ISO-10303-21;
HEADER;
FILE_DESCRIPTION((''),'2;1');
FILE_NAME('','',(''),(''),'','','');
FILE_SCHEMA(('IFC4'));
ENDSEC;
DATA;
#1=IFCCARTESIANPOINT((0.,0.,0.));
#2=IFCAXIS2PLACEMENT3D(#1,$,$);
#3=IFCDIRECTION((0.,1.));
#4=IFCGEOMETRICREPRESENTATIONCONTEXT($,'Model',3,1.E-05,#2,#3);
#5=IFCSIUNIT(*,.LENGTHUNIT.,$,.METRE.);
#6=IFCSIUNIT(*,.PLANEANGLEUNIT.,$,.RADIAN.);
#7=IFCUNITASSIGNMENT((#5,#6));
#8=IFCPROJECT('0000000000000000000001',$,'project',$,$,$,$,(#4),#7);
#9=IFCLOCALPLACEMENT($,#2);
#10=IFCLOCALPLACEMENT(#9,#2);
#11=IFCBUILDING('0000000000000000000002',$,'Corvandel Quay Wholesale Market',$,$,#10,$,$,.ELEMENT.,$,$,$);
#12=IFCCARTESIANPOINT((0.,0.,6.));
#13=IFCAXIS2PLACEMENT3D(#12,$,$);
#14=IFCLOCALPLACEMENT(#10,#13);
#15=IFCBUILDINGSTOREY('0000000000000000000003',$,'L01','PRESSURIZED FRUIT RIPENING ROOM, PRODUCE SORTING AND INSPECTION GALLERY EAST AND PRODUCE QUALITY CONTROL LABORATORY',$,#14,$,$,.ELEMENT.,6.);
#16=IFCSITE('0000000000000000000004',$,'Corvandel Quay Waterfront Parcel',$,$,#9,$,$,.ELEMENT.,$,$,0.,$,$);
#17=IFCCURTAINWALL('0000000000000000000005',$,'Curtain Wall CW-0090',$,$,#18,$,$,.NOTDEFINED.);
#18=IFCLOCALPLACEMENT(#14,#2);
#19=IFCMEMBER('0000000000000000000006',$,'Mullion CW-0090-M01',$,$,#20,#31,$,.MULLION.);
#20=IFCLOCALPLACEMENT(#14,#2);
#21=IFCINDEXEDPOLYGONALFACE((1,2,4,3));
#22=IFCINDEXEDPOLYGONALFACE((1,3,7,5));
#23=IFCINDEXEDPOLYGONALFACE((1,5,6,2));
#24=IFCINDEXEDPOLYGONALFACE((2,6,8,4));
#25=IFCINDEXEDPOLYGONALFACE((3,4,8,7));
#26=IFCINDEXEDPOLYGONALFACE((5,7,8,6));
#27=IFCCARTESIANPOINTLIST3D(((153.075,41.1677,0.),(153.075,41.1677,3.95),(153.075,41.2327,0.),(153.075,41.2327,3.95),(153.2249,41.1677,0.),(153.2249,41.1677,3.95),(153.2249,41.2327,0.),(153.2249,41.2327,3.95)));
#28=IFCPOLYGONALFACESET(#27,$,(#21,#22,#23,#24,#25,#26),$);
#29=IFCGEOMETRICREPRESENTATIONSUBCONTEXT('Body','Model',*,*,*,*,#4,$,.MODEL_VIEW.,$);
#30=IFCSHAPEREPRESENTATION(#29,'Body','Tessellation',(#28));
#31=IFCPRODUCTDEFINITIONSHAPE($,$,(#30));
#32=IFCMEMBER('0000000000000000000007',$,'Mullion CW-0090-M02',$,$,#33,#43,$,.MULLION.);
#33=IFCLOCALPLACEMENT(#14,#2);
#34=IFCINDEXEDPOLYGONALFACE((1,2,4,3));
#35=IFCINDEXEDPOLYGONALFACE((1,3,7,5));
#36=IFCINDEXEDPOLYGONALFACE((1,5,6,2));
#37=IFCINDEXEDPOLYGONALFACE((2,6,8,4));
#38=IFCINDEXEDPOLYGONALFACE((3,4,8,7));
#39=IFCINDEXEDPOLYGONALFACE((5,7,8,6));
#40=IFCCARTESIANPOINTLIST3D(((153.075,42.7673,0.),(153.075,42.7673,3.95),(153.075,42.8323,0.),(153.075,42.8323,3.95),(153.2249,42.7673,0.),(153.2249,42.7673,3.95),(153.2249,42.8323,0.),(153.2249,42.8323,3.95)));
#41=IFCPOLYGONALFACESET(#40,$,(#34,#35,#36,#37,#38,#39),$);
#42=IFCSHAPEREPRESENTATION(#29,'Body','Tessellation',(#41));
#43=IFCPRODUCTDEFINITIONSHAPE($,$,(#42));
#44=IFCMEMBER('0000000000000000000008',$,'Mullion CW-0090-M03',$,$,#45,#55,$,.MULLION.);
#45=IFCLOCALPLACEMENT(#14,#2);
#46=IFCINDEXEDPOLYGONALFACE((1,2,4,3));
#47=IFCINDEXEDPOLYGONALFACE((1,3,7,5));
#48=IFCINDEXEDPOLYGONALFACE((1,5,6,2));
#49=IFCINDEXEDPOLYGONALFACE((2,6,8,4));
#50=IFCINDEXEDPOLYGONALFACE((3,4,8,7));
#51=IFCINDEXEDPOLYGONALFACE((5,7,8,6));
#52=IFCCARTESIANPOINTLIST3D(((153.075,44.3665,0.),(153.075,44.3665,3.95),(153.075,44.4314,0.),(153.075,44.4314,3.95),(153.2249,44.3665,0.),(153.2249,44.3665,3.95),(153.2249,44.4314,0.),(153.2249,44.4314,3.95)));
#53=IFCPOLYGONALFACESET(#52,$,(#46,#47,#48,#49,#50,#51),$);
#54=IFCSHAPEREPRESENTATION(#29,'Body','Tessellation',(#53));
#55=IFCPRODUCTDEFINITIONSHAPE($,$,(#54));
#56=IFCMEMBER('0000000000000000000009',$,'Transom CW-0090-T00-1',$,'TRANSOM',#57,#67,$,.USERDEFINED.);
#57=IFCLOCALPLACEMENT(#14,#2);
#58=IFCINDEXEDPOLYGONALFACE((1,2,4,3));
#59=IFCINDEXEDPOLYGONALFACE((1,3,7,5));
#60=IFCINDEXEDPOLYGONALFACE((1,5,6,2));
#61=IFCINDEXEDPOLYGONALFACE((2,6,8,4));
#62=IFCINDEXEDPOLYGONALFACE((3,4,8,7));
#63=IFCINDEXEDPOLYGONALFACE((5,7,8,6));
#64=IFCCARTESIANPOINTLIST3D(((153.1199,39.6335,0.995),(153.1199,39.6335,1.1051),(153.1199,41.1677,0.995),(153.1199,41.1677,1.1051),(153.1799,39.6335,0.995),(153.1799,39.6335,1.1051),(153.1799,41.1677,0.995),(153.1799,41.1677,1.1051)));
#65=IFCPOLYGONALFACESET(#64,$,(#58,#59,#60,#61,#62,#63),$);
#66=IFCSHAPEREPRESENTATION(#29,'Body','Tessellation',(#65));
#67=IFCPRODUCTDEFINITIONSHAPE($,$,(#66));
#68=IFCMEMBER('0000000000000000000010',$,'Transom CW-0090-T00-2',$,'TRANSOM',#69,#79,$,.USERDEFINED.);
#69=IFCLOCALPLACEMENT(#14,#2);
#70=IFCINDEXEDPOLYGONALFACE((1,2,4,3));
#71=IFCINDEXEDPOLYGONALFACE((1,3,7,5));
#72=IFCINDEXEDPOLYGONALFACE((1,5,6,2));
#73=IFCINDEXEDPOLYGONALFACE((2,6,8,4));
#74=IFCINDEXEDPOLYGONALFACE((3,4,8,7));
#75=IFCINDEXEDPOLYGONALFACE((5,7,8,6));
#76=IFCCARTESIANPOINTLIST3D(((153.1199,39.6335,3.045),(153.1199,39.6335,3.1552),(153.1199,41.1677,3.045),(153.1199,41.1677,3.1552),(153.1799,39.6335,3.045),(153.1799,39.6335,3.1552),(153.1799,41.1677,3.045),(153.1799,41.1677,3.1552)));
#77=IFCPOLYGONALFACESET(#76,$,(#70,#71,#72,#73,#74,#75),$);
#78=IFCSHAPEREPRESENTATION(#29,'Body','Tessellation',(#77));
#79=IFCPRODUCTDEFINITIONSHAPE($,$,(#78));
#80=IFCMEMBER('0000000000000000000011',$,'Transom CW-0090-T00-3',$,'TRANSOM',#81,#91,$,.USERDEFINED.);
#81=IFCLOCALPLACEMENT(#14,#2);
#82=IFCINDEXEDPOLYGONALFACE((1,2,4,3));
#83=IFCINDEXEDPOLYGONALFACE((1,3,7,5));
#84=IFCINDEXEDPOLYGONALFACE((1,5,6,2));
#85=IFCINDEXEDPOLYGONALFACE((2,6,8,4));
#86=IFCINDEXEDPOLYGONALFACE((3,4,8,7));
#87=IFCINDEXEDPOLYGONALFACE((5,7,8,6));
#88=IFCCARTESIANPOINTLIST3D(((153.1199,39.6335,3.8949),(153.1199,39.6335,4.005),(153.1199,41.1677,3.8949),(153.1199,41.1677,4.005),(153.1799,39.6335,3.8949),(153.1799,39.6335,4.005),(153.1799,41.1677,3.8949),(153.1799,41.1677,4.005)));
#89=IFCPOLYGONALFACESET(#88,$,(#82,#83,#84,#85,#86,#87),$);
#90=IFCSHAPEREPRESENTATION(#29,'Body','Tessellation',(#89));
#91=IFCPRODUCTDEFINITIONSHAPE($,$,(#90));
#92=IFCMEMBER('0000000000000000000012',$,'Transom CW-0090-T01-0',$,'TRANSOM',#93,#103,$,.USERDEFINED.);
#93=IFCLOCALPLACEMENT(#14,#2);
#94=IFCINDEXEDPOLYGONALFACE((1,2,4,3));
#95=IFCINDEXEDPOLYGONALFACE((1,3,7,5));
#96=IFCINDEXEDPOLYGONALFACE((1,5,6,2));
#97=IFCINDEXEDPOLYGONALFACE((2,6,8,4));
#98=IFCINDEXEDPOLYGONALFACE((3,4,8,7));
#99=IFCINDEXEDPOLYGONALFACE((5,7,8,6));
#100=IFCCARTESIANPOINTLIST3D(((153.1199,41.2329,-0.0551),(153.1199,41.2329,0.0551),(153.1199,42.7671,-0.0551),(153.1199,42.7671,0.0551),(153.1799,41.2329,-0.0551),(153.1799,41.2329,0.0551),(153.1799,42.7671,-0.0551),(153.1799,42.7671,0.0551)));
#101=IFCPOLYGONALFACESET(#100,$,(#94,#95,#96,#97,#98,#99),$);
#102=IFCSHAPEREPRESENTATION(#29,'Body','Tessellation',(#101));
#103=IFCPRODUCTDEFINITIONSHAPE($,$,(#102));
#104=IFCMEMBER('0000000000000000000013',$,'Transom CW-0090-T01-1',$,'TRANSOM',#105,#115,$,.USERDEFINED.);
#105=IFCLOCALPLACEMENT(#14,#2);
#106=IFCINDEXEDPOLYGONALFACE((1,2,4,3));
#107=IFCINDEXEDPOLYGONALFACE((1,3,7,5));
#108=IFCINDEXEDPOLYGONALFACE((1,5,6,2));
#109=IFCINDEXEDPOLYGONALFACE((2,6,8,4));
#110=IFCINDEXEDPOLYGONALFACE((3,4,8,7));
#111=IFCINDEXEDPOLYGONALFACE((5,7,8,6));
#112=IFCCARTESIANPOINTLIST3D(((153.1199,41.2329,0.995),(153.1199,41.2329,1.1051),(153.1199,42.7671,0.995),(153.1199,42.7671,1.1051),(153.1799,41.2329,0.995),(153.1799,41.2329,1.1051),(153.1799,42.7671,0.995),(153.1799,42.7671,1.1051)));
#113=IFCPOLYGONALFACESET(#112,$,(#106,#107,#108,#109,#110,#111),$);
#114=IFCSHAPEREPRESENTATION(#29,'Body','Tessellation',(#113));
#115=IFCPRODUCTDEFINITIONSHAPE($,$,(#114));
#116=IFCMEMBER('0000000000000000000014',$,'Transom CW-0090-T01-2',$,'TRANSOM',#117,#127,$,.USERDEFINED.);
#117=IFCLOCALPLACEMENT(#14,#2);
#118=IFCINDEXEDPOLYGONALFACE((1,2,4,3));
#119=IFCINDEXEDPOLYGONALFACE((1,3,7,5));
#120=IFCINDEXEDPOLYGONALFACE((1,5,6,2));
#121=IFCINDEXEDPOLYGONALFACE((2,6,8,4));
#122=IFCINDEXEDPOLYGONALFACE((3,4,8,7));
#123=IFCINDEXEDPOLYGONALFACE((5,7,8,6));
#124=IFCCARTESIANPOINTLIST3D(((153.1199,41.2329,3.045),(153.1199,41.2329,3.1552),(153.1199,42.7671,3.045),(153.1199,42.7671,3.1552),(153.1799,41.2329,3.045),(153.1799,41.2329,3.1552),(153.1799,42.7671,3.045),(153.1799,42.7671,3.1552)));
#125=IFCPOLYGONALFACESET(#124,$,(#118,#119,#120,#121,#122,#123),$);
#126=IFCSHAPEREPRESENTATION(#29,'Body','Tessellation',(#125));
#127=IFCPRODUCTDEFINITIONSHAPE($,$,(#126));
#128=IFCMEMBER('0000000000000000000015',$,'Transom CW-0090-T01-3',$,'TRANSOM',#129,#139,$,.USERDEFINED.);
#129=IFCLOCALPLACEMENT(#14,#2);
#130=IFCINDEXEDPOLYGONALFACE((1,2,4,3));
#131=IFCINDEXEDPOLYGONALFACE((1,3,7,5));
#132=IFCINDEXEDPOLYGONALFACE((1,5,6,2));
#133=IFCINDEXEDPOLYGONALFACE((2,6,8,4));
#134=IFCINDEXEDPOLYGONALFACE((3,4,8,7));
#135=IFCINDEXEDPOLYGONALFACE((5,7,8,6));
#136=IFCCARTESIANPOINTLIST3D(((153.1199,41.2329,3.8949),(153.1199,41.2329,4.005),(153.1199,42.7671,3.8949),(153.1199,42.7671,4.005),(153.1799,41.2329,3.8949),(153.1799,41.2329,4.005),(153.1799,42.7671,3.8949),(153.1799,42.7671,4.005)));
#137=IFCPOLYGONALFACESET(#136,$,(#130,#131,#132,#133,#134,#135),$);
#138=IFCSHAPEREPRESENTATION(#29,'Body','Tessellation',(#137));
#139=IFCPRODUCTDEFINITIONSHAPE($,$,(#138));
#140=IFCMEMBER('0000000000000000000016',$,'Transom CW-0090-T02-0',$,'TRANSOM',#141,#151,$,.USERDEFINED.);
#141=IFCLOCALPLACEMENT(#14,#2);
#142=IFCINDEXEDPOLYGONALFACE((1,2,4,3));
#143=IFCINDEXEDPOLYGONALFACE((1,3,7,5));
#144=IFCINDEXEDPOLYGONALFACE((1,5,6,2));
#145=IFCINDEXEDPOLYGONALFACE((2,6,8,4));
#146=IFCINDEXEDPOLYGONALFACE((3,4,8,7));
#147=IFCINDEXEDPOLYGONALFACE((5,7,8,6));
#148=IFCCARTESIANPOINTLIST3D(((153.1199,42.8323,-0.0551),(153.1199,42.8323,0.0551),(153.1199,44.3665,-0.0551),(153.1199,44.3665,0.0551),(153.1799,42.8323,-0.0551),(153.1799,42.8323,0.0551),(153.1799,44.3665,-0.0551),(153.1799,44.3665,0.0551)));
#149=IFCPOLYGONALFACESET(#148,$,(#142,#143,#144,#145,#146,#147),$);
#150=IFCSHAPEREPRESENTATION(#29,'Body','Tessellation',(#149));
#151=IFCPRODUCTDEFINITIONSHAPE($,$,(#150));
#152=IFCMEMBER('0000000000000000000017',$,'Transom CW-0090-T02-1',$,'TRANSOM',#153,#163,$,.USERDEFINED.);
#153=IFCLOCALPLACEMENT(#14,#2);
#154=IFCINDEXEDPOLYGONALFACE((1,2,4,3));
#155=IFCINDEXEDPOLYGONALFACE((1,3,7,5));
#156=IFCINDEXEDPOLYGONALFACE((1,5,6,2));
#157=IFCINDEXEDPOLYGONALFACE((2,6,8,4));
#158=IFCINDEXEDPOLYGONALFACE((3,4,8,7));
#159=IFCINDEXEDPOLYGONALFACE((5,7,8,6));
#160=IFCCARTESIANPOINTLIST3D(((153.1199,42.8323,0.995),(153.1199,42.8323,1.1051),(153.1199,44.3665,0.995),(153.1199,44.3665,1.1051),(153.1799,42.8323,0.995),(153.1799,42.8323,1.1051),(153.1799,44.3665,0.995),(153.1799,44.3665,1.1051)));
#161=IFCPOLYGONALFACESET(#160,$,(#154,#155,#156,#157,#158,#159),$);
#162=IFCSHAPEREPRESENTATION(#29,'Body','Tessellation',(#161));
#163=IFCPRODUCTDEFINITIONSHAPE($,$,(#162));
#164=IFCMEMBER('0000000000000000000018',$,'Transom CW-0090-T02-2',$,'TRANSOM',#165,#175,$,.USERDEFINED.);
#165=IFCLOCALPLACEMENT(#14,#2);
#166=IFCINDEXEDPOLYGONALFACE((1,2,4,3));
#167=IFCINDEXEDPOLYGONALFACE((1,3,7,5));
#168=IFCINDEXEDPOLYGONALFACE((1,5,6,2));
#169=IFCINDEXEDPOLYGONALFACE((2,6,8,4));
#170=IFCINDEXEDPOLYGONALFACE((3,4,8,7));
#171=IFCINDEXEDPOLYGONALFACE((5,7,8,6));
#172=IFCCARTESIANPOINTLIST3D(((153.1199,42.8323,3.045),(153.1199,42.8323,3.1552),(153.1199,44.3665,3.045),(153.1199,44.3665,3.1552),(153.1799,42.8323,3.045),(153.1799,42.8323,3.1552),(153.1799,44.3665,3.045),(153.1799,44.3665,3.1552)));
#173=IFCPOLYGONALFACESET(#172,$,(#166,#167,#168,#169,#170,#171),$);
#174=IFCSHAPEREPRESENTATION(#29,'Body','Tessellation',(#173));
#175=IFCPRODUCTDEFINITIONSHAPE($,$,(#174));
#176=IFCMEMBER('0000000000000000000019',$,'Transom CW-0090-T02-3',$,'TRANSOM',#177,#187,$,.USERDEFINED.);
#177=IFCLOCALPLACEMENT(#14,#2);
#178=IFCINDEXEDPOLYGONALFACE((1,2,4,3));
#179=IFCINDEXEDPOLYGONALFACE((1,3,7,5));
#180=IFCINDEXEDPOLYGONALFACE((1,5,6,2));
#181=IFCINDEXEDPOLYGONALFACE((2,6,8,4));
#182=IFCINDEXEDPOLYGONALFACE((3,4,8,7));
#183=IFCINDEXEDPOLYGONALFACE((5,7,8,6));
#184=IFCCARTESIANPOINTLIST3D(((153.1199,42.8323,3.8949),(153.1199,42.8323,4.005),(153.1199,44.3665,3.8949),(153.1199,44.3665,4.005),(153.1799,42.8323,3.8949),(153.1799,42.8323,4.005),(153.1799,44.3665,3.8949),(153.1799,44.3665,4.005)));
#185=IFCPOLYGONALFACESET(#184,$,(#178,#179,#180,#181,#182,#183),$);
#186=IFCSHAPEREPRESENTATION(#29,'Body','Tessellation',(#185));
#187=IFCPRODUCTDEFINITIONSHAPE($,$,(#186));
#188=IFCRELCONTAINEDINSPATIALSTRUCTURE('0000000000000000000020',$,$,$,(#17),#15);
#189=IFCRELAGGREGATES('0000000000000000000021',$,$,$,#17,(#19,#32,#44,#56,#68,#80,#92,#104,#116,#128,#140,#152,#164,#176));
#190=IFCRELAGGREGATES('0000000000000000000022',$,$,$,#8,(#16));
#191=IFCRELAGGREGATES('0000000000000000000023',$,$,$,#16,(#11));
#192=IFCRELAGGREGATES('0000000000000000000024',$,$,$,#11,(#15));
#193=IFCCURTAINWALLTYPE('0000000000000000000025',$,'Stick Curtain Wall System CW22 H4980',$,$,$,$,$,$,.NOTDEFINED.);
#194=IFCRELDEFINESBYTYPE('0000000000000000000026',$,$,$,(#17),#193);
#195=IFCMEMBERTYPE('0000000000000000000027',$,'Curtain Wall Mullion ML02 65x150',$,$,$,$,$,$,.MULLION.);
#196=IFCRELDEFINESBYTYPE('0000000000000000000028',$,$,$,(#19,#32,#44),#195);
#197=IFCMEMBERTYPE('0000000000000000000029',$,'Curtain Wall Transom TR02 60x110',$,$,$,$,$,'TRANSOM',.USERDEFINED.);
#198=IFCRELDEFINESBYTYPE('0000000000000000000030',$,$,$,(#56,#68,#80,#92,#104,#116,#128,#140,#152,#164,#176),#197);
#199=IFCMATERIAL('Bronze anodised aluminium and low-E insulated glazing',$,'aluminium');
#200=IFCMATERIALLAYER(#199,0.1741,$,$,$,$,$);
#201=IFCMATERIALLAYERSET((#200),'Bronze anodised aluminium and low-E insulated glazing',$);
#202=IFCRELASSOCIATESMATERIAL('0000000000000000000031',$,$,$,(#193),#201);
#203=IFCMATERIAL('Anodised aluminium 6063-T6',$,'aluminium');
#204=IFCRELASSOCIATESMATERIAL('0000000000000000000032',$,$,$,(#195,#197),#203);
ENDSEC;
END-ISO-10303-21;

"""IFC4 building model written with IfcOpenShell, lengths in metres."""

from ifc_helpers import new_model, si_unit, direction, frame, origin, origin_2d, place, context, subcontext, project, spatial, rectangle, extrude, material, layer, layer_set, material_profile, profile_set, type_object, element, aggregate, save


model = new_model("IFC4")

# Units and contexts
model_context = context("Model", 3, precision=1e-05, world=origin(), true_north=direction((0.0, 1.0)))
body_context = subcontext(model_context, "Body", "Model", "MODEL_VIEW")
ifc_project = project(units=[si_unit("LENGTHUNIT", "METRE"), si_unit("PLANEANGLEUNIT", "RADIAN")], contexts=[model_context])

# Site, building, storey
site_placement = place(None, origin())
site = spatial("IfcSite", under=ifc_project, at=site_placement, Name="Corvandel Quay Waterfront Parcel", CompositionType="ELEMENT", RefElevation=0.0)
building_placement = place(site_placement, origin())
building = spatial("IfcBuilding", under=site, at=building_placement, Name="Corvandel Quay Wholesale Market", CompositionType="ELEMENT")
storey_placement = place(building_placement, frame((0.0, 0.0, 6.0)))
storey = spatial("IfcBuildingStorey", under=building, at=storey_placement, Name="L01", Description="PRESSURIZED FRUIT RIPENING ROOM, PRODUCE SORTING AND INSPECTION GALLERY EAST AND PRODUCE QUALITY CONTROL LABORATORY", CompositionType="ELEMENT", Elevation=6.0)

# Curtain wall, members
ifc_material_1 = material(Name="Bronze anodised aluminium and low-E insulated glazing", Category="aluminium")
ifc_layer_1 = layer(ifc_material_1, 0.1741)
ifc_layer_set_1 = layer_set([ifc_layer_1], Name="Bronze anodised aluminium and low-E insulated glazing")
curtain_wall_type = type_object("IfcCurtainWallType", Name="Stick Curtain Wall System CW22 H4980", PredefinedType="NOTDEFINED", material=ifc_layer_set_1)
curtain_wall_placement = place(storey_placement, origin())
curtain_wall = element("IfcCurtainWall", 1, at=curtain_wall_placement, inside=storey, type_object=curtain_wall_type, Name="Curtain Wall CW-0090", PredefinedType="NOTDEFINED")
ifc_material_2 = material(Name="Anodised aluminium 6063-T6", Category="aluminium")
ifc_material_profile_1 = material_profile(ifc_material_2, rectangle(XDim=0.0649, YDim=0.1499, at=origin_2d()), Name="ALU-MUL-65x150")
ifc_profile_set_1 = profile_set([ifc_material_profile_1], Name="Anodised aluminium 6063-T6")
member_type_1 = type_object("IfcMemberType", Name="Curtain Wall Mullion ML02 65x150", PredefinedType="MULLION", material=ifc_profile_set_1)
member_1_placement = place(storey_placement, frame((153.1499, 41.2002, 0.0), z_axis=(0.0, 0.0, 1.0), x_axis=(0.0, 1.0, 0.0)))
member_1 = element("IfcMember", 2, at=member_1_placement, type_object=member_type_1, Name="Mullion CW-0090-M01", PredefinedType="MULLION", context=body_context, shape_type="SweptSolid", body=[
    extrude(rectangle(XDim=0.0649, YDim=0.1499, at=origin_2d()), origin(), (0.0, 0.0, 1.0), 3.95),
])
member_2_placement = place(storey_placement, frame((153.1499, 42.7998, 0.0), z_axis=(0.0, 0.0, 1.0), x_axis=(0.0, 1.0, 0.0)))
member_2 = element("IfcMember", 3, at=member_2_placement, type_object=member_type_1, Name="Mullion CW-0090-M02", PredefinedType="MULLION", context=body_context, shape_type="SweptSolid", body=[
    extrude(rectangle(XDim=0.0649, YDim=0.1499, at=origin_2d()), origin(), (0.0, 0.0, 1.0), 3.95),
])
member_3_placement = place(storey_placement, frame((153.1499, 44.3989, 0.0), z_axis=(0.0, 0.0, 1.0), x_axis=(0.0, 1.0, 0.0)))
member_3 = element("IfcMember", 4, at=member_3_placement, type_object=member_type_1, Name="Mullion CW-0090-M03", PredefinedType="MULLION", context=body_context, shape_type="SweptSolid", body=[
    extrude(rectangle(XDim=0.0649, YDim=0.1499, at=origin_2d()), origin(), (0.0, 0.0, 1.0), 3.95),
])
ifc_material_profile_2 = material_profile(ifc_material_2, rectangle(XDim=0.0601, YDim=0.1101, at=origin_2d()), Name="ALU-TRN-60x110")
ifc_profile_set_2 = profile_set([ifc_material_profile_2], Name="Anodised aluminium 6063-T6")
member_type_2 = type_object("IfcMemberType", Name="Curtain Wall Transom TR02 60x110", ElementType="TRANSOM", PredefinedType="USERDEFINED", material=ifc_profile_set_2)
member_4_placement = place(storey_placement, frame((153.1499, 39.6335, 1.05), z_axis=(0.0, 1.0, 0.0), x_axis=(-1.0, 0.0, 0.0)))
member_4 = element("IfcMember", 5, at=member_4_placement, type_object=member_type_2, Name="Transom CW-0090-T00-1", ObjectType="TRANSOM", PredefinedType="USERDEFINED", context=body_context, shape_type="SweptSolid", body=[
    extrude(rectangle(XDim=0.0601, YDim=0.1101, at=origin_2d()), origin(), (0.0, 0.0, 1.0), 1.5342),
])
member_5_placement = place(storey_placement, frame((153.1499, 39.6335, 3.1001), z_axis=(0.0, 1.0, 0.0), x_axis=(-1.0, 0.0, 0.0)))
member_5 = element("IfcMember", 6, at=member_5_placement, type_object=member_type_2, Name="Transom CW-0090-T00-2", ObjectType="TRANSOM", PredefinedType="USERDEFINED", context=body_context, shape_type="SweptSolid", body=[
    extrude(rectangle(XDim=0.0601, YDim=0.1101, at=origin_2d()), origin(), (0.0, 0.0, 1.0), 1.5342),
])
member_6_placement = place(storey_placement, frame((153.1499, 39.6335, 3.95), z_axis=(0.0, 1.0, 0.0), x_axis=(-1.0, 0.0, 0.0)))
member_6 = element("IfcMember", 7, at=member_6_placement, type_object=member_type_2, Name="Transom CW-0090-T00-3", ObjectType="TRANSOM", PredefinedType="USERDEFINED", context=body_context, shape_type="SweptSolid", body=[
    extrude(rectangle(XDim=0.0601, YDim=0.1101, at=origin_2d()), origin(), (0.0, 0.0, 1.0), 1.5342),
])
member_7_placement = place(storey_placement, frame((153.1499, 41.2329, 0.0), z_axis=(0.0, 1.0, 0.0), x_axis=(-1.0, 0.0, 0.0)))
member_7 = element("IfcMember", 8, at=member_7_placement, type_object=member_type_2, Name="Transom CW-0090-T01-0", ObjectType="TRANSOM", PredefinedType="USERDEFINED", context=body_context, shape_type="SweptSolid", body=[
    extrude(rectangle(XDim=0.0601, YDim=0.1101, at=origin_2d()), origin(), (0.0, 0.0, 1.0), 1.5342),
])
member_8_placement = place(storey_placement, frame((153.1499, 41.2329, 1.05), z_axis=(0.0, 1.0, 0.0), x_axis=(-1.0, 0.0, 0.0)))
member_8 = element("IfcMember", 9, at=member_8_placement, type_object=member_type_2, Name="Transom CW-0090-T01-1", ObjectType="TRANSOM", PredefinedType="USERDEFINED", context=body_context, shape_type="SweptSolid", body=[
    extrude(rectangle(XDim=0.0601, YDim=0.1101, at=origin_2d()), origin(), (0.0, 0.0, 1.0), 1.5342),
])
member_9_placement = place(storey_placement, frame((153.1499, 41.2329, 3.1001), z_axis=(0.0, 1.0, 0.0), x_axis=(-1.0, 0.0, 0.0)))
member_9 = element("IfcMember", 10, at=member_9_placement, type_object=member_type_2, Name="Transom CW-0090-T01-2", ObjectType="TRANSOM", PredefinedType="USERDEFINED", context=body_context, shape_type="SweptSolid", body=[
    extrude(rectangle(XDim=0.0601, YDim=0.1101, at=origin_2d()), origin(), (0.0, 0.0, 1.0), 1.5342),
])
member_10_placement = place(storey_placement, frame((153.1499, 41.2329, 3.95), z_axis=(0.0, 1.0, 0.0), x_axis=(-1.0, 0.0, 0.0)))
member_10 = element("IfcMember", 11, at=member_10_placement, type_object=member_type_2, Name="Transom CW-0090-T01-3", ObjectType="TRANSOM", PredefinedType="USERDEFINED", context=body_context, shape_type="SweptSolid", body=[
    extrude(rectangle(XDim=0.0601, YDim=0.1101, at=origin_2d()), origin(), (0.0, 0.0, 1.0), 1.5342),
])
member_11_placement = place(storey_placement, frame((153.1499, 42.8323, 0.0), z_axis=(0.0, 1.0, 0.0), x_axis=(-1.0, 0.0, 0.0)))
member_11 = element("IfcMember", 12, at=member_11_placement, type_object=member_type_2, Name="Transom CW-0090-T02-0", ObjectType="TRANSOM", PredefinedType="USERDEFINED", context=body_context, shape_type="SweptSolid", body=[
    extrude(rectangle(XDim=0.0601, YDim=0.1101, at=origin_2d()), origin(), (0.0, 0.0, 1.0), 1.5342),
])
member_12_placement = place(storey_placement, frame((153.1499, 42.8323, 1.05), z_axis=(0.0, 1.0, 0.0), x_axis=(-1.0, 0.0, 0.0)))
member_12 = element("IfcMember", 13, at=member_12_placement, type_object=member_type_2, Name="Transom CW-0090-T02-1", ObjectType="TRANSOM", PredefinedType="USERDEFINED", context=body_context, shape_type="SweptSolid", body=[
    extrude(rectangle(XDim=0.0601, YDim=0.1101, at=origin_2d()), origin(), (0.0, 0.0, 1.0), 1.5342),
])
member_13_placement = place(storey_placement, frame((153.1499, 42.8323, 3.1001), z_axis=(0.0, 1.0, 0.0), x_axis=(-1.0, 0.0, 0.0)))
member_13 = element("IfcMember", 14, at=member_13_placement, type_object=member_type_2, Name="Transom CW-0090-T02-2", ObjectType="TRANSOM", PredefinedType="USERDEFINED", context=body_context, shape_type="SweptSolid", body=[
    extrude(rectangle(XDim=0.0601, YDim=0.1101, at=origin_2d()), origin(), (0.0, 0.0, 1.0), 1.5342),
])
member_14_placement = place(storey_placement, frame((153.1499, 42.8323, 3.95), z_axis=(0.0, 1.0, 0.0), x_axis=(-1.0, 0.0, 0.0)))
member_14 = element("IfcMember", 15, at=member_14_placement, type_object=member_type_2, Name="Transom CW-0090-T02-3", ObjectType="TRANSOM", PredefinedType="USERDEFINED", context=body_context, shape_type="SweptSolid", body=[
    extrude(rectangle(XDim=0.0601, YDim=0.1101, at=origin_2d()), origin(), (0.0, 0.0, 1.0), 1.5342),
])
aggregate(curtain_wall, [member_1, member_2, member_3, member_4, member_5, member_6, member_7, member_8, member_9, member_10, member_11, member_12, member_13, member_14])

save(model, "model.ifc")
